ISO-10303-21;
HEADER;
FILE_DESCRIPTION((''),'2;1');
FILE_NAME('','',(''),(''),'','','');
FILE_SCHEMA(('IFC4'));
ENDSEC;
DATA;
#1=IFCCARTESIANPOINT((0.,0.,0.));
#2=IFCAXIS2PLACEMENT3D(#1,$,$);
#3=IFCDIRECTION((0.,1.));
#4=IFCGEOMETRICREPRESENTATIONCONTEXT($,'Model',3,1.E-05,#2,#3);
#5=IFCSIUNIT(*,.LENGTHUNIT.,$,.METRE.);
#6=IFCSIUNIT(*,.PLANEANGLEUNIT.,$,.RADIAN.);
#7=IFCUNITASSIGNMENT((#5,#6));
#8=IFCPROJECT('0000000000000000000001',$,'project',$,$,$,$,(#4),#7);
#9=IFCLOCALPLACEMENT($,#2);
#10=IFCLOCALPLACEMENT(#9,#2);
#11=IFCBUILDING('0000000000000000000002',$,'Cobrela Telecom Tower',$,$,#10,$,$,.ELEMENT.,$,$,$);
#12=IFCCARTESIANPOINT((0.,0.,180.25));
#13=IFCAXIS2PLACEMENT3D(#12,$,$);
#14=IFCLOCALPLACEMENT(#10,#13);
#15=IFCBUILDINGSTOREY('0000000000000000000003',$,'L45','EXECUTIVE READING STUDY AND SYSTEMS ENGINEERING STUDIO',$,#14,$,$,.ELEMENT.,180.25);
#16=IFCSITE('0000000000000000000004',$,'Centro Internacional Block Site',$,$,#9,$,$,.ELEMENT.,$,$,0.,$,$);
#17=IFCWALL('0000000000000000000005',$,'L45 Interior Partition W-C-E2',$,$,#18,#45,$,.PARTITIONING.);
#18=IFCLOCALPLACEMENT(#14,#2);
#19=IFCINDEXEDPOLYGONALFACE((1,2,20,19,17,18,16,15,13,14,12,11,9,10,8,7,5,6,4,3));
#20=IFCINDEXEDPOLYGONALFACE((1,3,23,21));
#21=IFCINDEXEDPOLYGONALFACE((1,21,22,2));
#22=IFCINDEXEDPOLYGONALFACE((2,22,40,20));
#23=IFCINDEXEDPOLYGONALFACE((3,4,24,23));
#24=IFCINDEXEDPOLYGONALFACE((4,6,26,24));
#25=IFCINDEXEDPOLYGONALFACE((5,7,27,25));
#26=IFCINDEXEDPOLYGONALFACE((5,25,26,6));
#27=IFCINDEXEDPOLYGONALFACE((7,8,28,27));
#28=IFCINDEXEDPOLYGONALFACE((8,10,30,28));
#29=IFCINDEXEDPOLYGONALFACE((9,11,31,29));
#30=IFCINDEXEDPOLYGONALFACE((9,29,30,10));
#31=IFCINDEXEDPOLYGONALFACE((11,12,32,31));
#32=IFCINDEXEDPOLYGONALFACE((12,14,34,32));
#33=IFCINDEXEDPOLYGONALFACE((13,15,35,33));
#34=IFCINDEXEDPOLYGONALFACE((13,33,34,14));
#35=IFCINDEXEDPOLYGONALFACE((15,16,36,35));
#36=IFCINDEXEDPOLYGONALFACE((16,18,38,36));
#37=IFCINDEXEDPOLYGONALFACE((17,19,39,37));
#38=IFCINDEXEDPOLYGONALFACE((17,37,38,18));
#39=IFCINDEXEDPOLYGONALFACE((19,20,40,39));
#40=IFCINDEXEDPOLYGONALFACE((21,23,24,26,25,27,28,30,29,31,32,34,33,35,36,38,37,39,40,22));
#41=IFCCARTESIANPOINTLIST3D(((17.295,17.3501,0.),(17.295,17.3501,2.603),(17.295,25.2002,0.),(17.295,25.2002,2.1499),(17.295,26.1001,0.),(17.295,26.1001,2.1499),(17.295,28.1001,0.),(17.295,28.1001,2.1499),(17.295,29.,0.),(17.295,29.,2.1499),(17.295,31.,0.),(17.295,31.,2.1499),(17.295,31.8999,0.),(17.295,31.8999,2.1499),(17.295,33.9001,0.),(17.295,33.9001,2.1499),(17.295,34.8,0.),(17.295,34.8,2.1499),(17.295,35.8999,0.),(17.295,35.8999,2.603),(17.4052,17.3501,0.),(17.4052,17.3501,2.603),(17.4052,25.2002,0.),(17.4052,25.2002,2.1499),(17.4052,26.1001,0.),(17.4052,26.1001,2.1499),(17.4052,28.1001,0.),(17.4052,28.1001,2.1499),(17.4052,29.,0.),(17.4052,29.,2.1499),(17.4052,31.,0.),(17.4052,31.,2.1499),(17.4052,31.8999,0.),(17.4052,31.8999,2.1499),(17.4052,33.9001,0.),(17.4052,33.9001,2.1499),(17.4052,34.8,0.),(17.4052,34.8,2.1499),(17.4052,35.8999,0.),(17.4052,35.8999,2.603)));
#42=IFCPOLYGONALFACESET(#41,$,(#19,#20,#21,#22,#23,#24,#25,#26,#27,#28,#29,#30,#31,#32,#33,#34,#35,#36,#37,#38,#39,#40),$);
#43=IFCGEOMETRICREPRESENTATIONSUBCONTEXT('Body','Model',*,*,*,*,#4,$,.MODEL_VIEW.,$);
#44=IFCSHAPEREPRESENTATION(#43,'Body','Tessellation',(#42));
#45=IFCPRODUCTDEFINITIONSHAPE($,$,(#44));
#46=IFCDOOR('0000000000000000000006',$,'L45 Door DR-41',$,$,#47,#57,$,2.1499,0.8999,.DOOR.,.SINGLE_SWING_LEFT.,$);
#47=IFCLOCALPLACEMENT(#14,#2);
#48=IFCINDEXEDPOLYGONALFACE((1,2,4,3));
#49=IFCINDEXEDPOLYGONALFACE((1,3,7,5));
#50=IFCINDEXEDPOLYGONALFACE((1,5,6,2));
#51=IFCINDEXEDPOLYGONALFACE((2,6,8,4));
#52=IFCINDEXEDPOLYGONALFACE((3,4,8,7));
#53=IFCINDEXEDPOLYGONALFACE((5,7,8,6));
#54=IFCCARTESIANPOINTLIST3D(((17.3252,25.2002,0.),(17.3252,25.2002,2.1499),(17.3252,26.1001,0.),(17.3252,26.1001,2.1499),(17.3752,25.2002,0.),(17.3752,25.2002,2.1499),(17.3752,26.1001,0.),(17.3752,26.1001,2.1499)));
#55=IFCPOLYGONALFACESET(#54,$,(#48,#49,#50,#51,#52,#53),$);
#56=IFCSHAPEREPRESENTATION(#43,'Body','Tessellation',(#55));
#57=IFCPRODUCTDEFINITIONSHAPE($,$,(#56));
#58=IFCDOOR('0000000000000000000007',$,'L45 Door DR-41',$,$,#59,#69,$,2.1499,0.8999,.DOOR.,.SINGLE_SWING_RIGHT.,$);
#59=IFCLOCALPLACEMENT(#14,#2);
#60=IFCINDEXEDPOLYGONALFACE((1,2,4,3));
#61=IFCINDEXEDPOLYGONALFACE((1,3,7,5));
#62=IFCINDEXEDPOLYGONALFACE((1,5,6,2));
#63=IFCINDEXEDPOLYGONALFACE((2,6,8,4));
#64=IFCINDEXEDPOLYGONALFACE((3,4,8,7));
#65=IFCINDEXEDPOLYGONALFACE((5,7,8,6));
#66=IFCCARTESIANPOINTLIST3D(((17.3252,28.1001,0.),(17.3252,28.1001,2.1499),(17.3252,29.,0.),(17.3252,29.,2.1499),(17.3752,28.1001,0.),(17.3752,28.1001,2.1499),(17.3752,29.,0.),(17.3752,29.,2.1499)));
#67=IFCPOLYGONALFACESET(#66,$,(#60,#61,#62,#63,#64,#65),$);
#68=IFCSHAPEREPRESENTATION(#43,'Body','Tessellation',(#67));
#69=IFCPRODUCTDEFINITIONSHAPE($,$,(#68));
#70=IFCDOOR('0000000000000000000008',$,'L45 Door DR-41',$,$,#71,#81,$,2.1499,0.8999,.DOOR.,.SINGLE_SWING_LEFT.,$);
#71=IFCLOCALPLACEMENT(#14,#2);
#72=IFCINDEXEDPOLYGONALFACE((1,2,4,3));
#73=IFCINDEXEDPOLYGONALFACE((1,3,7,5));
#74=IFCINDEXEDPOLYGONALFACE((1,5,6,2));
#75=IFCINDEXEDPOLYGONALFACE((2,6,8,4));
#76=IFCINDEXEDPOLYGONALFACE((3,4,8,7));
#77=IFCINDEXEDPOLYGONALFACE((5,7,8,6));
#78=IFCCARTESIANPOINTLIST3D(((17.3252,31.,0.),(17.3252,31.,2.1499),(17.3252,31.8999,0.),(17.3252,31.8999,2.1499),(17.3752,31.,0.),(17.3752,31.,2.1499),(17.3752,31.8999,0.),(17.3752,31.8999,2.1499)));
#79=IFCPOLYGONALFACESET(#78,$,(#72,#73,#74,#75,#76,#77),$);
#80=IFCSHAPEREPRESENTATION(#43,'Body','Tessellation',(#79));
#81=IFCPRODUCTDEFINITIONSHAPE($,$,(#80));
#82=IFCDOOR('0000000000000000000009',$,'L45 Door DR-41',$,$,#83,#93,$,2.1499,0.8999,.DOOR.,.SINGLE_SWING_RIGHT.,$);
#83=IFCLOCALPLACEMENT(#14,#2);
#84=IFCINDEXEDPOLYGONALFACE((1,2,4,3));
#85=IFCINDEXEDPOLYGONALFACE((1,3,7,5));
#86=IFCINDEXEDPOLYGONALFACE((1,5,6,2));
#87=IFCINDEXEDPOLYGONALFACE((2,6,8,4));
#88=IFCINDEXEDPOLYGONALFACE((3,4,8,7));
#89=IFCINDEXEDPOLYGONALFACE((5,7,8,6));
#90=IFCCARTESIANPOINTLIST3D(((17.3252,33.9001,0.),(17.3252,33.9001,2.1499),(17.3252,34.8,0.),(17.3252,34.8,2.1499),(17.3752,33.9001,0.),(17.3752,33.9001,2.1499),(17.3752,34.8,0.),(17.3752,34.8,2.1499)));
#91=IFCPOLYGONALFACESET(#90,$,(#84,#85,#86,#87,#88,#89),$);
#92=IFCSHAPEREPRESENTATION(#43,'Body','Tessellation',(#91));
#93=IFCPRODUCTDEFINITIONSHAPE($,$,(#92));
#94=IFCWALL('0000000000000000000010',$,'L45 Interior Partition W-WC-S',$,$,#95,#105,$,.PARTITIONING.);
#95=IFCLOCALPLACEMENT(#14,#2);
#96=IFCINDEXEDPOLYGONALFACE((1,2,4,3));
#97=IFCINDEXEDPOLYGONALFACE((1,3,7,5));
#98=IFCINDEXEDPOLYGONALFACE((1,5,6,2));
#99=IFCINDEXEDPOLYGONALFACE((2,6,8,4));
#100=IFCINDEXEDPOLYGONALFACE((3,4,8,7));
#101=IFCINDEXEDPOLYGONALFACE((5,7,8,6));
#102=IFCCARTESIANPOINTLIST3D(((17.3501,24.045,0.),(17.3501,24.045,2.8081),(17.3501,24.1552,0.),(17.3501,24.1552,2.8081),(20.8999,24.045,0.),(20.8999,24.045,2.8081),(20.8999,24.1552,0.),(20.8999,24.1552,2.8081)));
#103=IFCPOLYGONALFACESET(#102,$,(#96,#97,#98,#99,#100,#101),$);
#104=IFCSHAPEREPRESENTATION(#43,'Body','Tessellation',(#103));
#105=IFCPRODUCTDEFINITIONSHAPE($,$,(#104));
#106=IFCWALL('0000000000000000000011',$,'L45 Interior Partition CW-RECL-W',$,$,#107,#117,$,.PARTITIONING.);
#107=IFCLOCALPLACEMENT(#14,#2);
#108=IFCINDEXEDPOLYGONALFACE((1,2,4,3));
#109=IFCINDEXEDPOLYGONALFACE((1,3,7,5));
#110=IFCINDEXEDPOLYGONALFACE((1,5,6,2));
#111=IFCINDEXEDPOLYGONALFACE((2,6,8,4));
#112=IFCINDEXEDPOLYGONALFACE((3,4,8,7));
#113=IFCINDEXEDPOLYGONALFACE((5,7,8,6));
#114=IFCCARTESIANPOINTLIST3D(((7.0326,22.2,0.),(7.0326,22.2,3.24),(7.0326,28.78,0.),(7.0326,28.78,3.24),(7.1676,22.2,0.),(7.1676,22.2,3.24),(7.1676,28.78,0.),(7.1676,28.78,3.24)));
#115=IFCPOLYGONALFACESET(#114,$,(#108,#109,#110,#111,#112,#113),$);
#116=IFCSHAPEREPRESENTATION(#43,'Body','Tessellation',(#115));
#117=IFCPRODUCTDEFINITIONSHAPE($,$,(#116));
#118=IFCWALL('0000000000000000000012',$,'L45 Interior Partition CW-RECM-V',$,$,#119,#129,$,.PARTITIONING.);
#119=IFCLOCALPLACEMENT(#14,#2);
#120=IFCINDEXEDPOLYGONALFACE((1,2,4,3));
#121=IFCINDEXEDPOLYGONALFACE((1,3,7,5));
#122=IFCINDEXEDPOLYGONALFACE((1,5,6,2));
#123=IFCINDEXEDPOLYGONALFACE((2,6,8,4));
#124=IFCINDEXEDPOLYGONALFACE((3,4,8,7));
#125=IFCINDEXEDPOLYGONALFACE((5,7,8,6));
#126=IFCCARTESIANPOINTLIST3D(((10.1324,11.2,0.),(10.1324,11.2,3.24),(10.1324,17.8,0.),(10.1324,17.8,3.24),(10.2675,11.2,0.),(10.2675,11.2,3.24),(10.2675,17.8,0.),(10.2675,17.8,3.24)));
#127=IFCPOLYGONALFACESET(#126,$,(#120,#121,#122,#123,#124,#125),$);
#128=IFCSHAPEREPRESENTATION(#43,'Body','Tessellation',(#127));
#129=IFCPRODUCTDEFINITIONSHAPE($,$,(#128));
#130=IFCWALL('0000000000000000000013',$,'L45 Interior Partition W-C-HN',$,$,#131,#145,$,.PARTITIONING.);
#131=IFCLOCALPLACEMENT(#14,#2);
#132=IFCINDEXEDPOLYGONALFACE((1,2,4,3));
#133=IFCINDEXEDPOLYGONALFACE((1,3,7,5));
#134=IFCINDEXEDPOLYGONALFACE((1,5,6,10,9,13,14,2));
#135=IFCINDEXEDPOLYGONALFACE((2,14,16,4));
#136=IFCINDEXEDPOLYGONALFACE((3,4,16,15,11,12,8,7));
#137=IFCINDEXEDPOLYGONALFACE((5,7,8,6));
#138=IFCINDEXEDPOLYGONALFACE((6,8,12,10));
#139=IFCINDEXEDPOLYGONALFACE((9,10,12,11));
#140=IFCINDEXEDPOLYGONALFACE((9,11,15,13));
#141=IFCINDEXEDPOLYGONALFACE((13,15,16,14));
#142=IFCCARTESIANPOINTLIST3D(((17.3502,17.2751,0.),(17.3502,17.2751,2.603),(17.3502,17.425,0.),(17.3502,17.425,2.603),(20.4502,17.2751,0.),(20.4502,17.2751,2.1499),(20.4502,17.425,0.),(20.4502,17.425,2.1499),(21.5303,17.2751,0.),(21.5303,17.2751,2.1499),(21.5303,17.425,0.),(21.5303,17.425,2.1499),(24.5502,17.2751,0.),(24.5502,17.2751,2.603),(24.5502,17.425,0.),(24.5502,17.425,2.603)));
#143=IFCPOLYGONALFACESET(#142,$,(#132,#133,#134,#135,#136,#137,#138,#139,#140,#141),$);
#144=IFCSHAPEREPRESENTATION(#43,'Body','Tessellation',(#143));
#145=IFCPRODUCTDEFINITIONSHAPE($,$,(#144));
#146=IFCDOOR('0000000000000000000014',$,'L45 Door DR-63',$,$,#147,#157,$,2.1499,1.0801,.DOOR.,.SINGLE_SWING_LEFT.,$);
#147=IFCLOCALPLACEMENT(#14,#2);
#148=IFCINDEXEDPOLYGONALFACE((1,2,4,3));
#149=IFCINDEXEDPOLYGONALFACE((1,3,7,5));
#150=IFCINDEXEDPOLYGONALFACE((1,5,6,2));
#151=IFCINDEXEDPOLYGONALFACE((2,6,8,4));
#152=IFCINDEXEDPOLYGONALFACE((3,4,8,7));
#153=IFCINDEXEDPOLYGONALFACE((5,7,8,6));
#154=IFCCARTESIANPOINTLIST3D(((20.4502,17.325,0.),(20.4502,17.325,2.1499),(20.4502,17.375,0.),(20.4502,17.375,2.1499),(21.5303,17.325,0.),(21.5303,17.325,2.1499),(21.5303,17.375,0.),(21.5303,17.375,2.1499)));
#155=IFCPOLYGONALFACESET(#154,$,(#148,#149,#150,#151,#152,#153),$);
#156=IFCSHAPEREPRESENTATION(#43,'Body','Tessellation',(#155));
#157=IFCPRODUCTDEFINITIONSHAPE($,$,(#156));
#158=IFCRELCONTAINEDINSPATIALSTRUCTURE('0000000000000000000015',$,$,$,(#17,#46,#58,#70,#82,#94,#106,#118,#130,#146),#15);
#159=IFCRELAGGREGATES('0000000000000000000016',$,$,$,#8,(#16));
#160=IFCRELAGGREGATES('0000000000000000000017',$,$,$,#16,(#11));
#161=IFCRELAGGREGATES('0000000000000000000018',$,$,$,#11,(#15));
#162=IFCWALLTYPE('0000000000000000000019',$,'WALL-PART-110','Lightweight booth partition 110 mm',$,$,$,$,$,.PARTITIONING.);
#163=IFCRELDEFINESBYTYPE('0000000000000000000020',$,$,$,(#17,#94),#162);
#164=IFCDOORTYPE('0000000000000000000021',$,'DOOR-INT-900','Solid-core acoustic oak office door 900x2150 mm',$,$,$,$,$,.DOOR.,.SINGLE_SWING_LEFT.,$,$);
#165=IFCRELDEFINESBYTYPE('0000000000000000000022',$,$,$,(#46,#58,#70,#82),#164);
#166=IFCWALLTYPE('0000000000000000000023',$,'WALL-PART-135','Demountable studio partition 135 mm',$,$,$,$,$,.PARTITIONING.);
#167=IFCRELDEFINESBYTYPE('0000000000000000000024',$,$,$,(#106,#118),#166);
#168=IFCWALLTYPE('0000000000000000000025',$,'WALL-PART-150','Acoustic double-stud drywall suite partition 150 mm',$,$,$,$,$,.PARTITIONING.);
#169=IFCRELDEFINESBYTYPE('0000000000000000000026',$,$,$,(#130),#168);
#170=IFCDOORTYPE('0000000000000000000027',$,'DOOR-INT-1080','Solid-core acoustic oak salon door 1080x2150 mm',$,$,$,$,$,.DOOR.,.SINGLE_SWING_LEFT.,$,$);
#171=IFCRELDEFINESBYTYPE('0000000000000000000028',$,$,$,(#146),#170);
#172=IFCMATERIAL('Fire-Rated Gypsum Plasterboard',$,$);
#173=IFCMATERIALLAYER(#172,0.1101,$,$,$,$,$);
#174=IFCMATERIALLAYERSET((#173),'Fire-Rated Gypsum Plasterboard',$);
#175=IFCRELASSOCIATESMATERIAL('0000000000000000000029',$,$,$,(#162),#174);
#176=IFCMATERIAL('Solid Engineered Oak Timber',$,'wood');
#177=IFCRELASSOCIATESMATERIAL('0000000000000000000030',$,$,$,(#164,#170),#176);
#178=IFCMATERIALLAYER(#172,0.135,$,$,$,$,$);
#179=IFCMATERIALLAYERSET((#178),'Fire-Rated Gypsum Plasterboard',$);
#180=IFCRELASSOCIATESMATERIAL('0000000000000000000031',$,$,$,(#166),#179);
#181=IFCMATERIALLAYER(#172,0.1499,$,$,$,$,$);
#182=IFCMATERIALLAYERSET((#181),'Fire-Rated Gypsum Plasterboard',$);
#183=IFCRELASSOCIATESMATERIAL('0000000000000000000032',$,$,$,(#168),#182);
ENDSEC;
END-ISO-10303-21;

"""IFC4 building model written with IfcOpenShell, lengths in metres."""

from ifc_helpers import new_model, si_unit, direction, frame, frame_2d, origin, place, context, subcontext, project, spatial, rectangle, extrude, material, layer, layer_set, type_object, element, fill, save


model = new_model("IFC4")

# Units and contexts
model_context = context("Model", 3, precision=1e-05, world=origin(), true_north=direction((0.0, 1.0)))
body_context = subcontext(model_context, "Body", "Model", "MODEL_VIEW")
ifc_project = project(units=[si_unit("LENGTHUNIT", "METRE"), si_unit("PLANEANGLEUNIT", "RADIAN")], contexts=[model_context])

# Site, building, storey
site_placement = place(None, origin())
site = spatial("IfcSite", under=ifc_project, at=site_placement, Name="Centro Internacional Block Site", CompositionType="ELEMENT", RefElevation=0.0)
building_placement = place(site_placement, origin())
building = spatial("IfcBuilding", under=site, at=building_placement, Name="Cobrela Telecom Tower", CompositionType="ELEMENT")
storey_placement = place(building_placement, frame((0.0, 0.0, 180.25)))
storey = spatial("IfcBuildingStorey", under=building, at=storey_placement, Name="L45", Description="EXECUTIVE READING STUDY AND SYSTEMS ENGINEERING STUDIO", CompositionType="ELEMENT", Elevation=180.25)

# Shared definitions
ifc_material_1 = material(Name="Fire-Rated Gypsum Plasterboard")
ifc_layer_1 = layer(ifc_material_1, 0.1101)
ifc_layer_set_1 = layer_set([ifc_layer_1], Name="Fire-Rated Gypsum Plasterboard")
wall_type_1 = type_object("IfcWallType", Name="WALL-PART-110", Description="Lightweight booth partition 110 mm", PredefinedType="PARTITIONING", material=ifc_layer_set_1)
ifc_material_2 = material(Name="Solid Engineered Oak Timber", Category="wood")

# Wall, openings, doors
wall_1_placement = place(storey_placement, frame((17.3501, 17.3501, 0.0), z_axis=(0.0, 0.0, 1.0), x_axis=(0.0, 1.0, 0.0)))
wall_1 = element("IfcWall", 1, at=wall_1_placement, inside=storey, type_object=wall_type_1, Name="L45 Interior Partition W-C-E2", PredefinedType="PARTITIONING", context=body_context, shape_type="SweptSolid", body=[
    extrude(rectangle(XDim=18.5498, YDim=0.1101, at=frame_2d((9.2749, 0.0))), origin(), (0.0, 0.0, 1.0), 2.603),
])
opening_1_placement = place(wall_1_placement, frame((7.8501, 0.0, 0.0)))
opening_1 = element("IfcOpeningElement", 2, at=opening_1_placement, cuts=wall_1, PredefinedType="OPENING", context=body_context, shape_type="SweptSolid", body=[
    extrude(rectangle(XDim=0.8999, YDim=2.1499, at=frame_2d((0.45, 1.075))), frame((0.0, 0.0669, 0.0), z_axis=(0.0, -1.0, 0.0), x_axis=(1.0, 0.0, 0.0)), (0.0, 0.0, 1.0), 0.134),
])
opening_2_placement = place(wall_1_placement, frame((10.75, 0.0, 0.0)))
opening_2 = element("IfcOpeningElement", 3, at=opening_2_placement, cuts=wall_1, PredefinedType="OPENING", context=body_context, shape_type="SweptSolid", body=[
    extrude(rectangle(XDim=0.8999, YDim=2.1499, at=frame_2d((0.45, 1.075))), frame((0.0, 0.0669, 0.0), z_axis=(0.0, -1.0, 0.0), x_axis=(1.0, 0.0, 0.0)), (0.0, 0.0, 1.0), 0.134),
])
opening_3_placement = place(wall_1_placement, frame((13.6499, 0.0, 0.0)))
opening_3 = element("IfcOpeningElement", 4, at=opening_3_placement, cuts=wall_1, PredefinedType="OPENING", context=body_context, shape_type="SweptSolid", body=[
    extrude(rectangle(XDim=0.8999, YDim=2.1499, at=frame_2d((0.45, 1.075))), frame((0.0, 0.0669, 0.0), z_axis=(0.0, -1.0, 0.0), x_axis=(1.0, 0.0, 0.0)), (0.0, 0.0, 1.0), 0.134),
])
opening_4_placement = place(wall_1_placement, frame((16.55, 0.0, 0.0)))
opening_4 = element("IfcOpeningElement", 5, at=opening_4_placement, cuts=wall_1, PredefinedType="OPENING", context=body_context, shape_type="SweptSolid", body=[
    extrude(rectangle(XDim=0.8999, YDim=2.1499, at=frame_2d((0.45, 1.075))), frame((0.0, 0.0669, 0.0), z_axis=(0.0, -1.0, 0.0), x_axis=(1.0, 0.0, 0.0)), (0.0, 0.0, 1.0), 0.134),
])
door_type_1 = type_object("IfcDoorType", Name="DOOR-INT-900", Description="Solid-core acoustic oak office door 900x2150 mm", OperationType="SINGLE_SWING_LEFT", PredefinedType="DOOR", material=ifc_material_2)
door_1_placement = place(opening_1_placement, origin())
door_1 = element("IfcDoor", 6, at=door_1_placement, inside=storey, type_object=door_type_1, Name="L45 Door DR-41", OperationType="SINGLE_SWING_LEFT", OverallHeight=2.1499, OverallWidth=0.8999, PredefinedType="DOOR", context=body_context, shape_type="SweptSolid", body=[
    extrude(rectangle(XDim=0.8999, YDim=2.1499, at=frame_2d((0.45, 1.075))), frame((0.0, 0.0249, 0.0), z_axis=(0.0, -1.0, 0.0), x_axis=(1.0, 0.0, 0.0)), (0.0, 0.0, 1.0), 0.05),
])
fill(opening_1, door_1)
door_2_placement = place(opening_2_placement, origin())
door_2 = element("IfcDoor", 7, at=door_2_placement, inside=storey, type_object=door_type_1, Name="L45 Door DR-41", OperationType="SINGLE_SWING_RIGHT", OverallHeight=2.1499, OverallWidth=0.8999, PredefinedType="DOOR", context=body_context, shape_type="SweptSolid", body=[
    extrude(rectangle(XDim=0.8999, YDim=2.1499, at=frame_2d((0.45, 1.075))), frame((0.0, 0.0249, 0.0), z_axis=(0.0, -1.0, 0.0), x_axis=(1.0, 0.0, 0.0)), (0.0, 0.0, 1.0), 0.05),
])
fill(opening_2, door_2)
door_3_placement = place(opening_3_placement, origin())
door_3 = element("IfcDoor", 8, at=door_3_placement, inside=storey, type_object=door_type_1, Name="L45 Door DR-41", OperationType="SINGLE_SWING_LEFT", OverallHeight=2.1499, OverallWidth=0.8999, PredefinedType="DOOR", context=body_context, shape_type="SweptSolid", body=[
    extrude(rectangle(XDim=0.8999, YDim=2.1499, at=frame_2d((0.45, 1.075))), frame((0.0, 0.0249, 0.0), z_axis=(0.0, -1.0, 0.0), x_axis=(1.0, 0.0, 0.0)), (0.0, 0.0, 1.0), 0.05),
])
fill(opening_3, door_3)
door_4_placement = place(opening_4_placement, origin())
door_4 = element("IfcDoor", 9, at=door_4_placement, inside=storey, type_object=door_type_1, Name="L45 Door DR-41", OperationType="SINGLE_SWING_RIGHT", OverallHeight=2.1499, OverallWidth=0.8999, PredefinedType="DOOR", context=body_context, shape_type="SweptSolid", body=[
    extrude(rectangle(XDim=0.8999, YDim=2.1499, at=frame_2d((0.45, 1.075))), frame((0.0, 0.0249, 0.0), z_axis=(0.0, -1.0, 0.0), x_axis=(1.0, 0.0, 0.0)), (0.0, 0.0, 1.0), 0.05),
])
fill(opening_4, door_4)

# Walls
wall_2_placement = place(storey_placement, frame((17.3501, 24.1001, 0.0), z_axis=(0.0, 0.0, 1.0), x_axis=(1.0, 0.0, 0.0)))
element("IfcWall", 10, at=wall_2_placement, inside=storey, type_object=wall_type_1, Name="L45 Interior Partition W-WC-S", PredefinedType="PARTITIONING", context=body_context, shape_type="SweptSolid", body=[
    extrude(rectangle(XDim=3.5498, YDim=0.1101, at=frame_2d((1.7749, 0.0))), origin(), (0.0, 0.0, 1.0), 2.8081),
])
ifc_layer_2 = layer(ifc_material_1, 0.135)
ifc_layer_set_2 = layer_set([ifc_layer_2], Name="Fire-Rated Gypsum Plasterboard")
wall_type_2 = type_object("IfcWallType", Name="WALL-PART-135", Description="Demountable studio partition 135 mm", PredefinedType="PARTITIONING", material=ifc_layer_set_2)
wall_3_placement = place(storey_placement, frame((7.1001, 22.2, 0.0), z_axis=(0.0, 0.0, 1.0), x_axis=(0.0, 1.0, 0.0)))
element("IfcWall", 11, at=wall_3_placement, inside=storey, type_object=wall_type_2, Name="L45 Interior Partition CW-RECL-W", PredefinedType="PARTITIONING", context=body_context, shape_type="SweptSolid", body=[
    extrude(rectangle(XDim=6.5801, YDim=0.135, at=frame_2d((3.29, 0.0))), origin(), (0.0, 0.0, 1.0), 3.24),
])
wall_4_placement = place(storey_placement, frame((10.2, 11.2, 0.0), z_axis=(0.0, 0.0, 1.0), x_axis=(0.0, 1.0, 0.0)))
element("IfcWall", 12, at=wall_4_placement, inside=storey, type_object=wall_type_2, Name="L45 Interior Partition CW-RECM-V", PredefinedType="PARTITIONING", context=body_context, shape_type="SweptSolid", body=[
    extrude(rectangle(XDim=6.6001, YDim=0.135, at=frame_2d((3.3, 0.0))), origin(), (0.0, 0.0, 1.0), 3.24),
])

# Wall, opening, door
ifc_layer_3 = layer(ifc_material_1, 0.1499)
ifc_layer_set_3 = layer_set([ifc_layer_3], Name="Fire-Rated Gypsum Plasterboard")
wall_type_3 = type_object("IfcWallType", Name="WALL-PART-150", Description="Acoustic double-stud drywall suite partition 150 mm", PredefinedType="PARTITIONING", material=ifc_layer_set_3)
wall_5_placement = place(storey_placement, frame((17.3501, 17.3501, 0.0), z_axis=(0.0, 0.0, 1.0), x_axis=(1.0, 0.0, 0.0)))
wall_5 = element("IfcWall", 13, at=wall_5_placement, inside=storey, type_object=wall_type_3, Name="L45 Interior Partition W-C-HN", PredefinedType="PARTITIONING", context=body_context, shape_type="SweptSolid", body=[
    extrude(rectangle(XDim=7.2, YDim=0.1499, at=frame_2d((3.6001, 0.0))), origin(), (0.0, 0.0, 1.0), 2.603),
])
opening_5_placement = place(wall_5_placement, frame((3.1001, 0.0, 0.0)))
opening_5 = element("IfcOpeningElement", 14, at=opening_5_placement, cuts=wall_5, PredefinedType="OPENING", context=body_context, shape_type="SweptSolid", body=[
    extrude(rectangle(XDim=1.0801, YDim=2.1499, at=frame_2d((0.54, 1.075))), frame((0.0, 0.0869, 0.0), z_axis=(0.0, -1.0, 0.0), x_axis=(1.0, 0.0, 0.0)), (0.0, 0.0, 1.0), 0.1738),
])
door_type_2 = type_object("IfcDoorType", Name="DOOR-INT-1080", Description="Solid-core acoustic oak salon door 1080x2150 mm", OperationType="SINGLE_SWING_LEFT", PredefinedType="DOOR", material=ifc_material_2)
door_5_placement = place(opening_5_placement, origin())
door_5 = element("IfcDoor", 15, at=door_5_placement, inside=storey, type_object=door_type_2, Name="L45 Door DR-63", OperationType="SINGLE_SWING_LEFT", OverallHeight=2.1499, OverallWidth=1.0801, PredefinedType="DOOR", context=body_context, shape_type="SweptSolid", body=[
    extrude(rectangle(XDim=1.0801, YDim=2.1499, at=frame_2d((0.54, 1.075))), frame((0.0, 0.0249, 0.0), z_axis=(0.0, -1.0, 0.0), x_axis=(1.0, 0.0, 0.0)), (0.0, 0.0, 1.0), 0.05),
])
fill(opening_5, door_5)

save(model, "model.ifc")
